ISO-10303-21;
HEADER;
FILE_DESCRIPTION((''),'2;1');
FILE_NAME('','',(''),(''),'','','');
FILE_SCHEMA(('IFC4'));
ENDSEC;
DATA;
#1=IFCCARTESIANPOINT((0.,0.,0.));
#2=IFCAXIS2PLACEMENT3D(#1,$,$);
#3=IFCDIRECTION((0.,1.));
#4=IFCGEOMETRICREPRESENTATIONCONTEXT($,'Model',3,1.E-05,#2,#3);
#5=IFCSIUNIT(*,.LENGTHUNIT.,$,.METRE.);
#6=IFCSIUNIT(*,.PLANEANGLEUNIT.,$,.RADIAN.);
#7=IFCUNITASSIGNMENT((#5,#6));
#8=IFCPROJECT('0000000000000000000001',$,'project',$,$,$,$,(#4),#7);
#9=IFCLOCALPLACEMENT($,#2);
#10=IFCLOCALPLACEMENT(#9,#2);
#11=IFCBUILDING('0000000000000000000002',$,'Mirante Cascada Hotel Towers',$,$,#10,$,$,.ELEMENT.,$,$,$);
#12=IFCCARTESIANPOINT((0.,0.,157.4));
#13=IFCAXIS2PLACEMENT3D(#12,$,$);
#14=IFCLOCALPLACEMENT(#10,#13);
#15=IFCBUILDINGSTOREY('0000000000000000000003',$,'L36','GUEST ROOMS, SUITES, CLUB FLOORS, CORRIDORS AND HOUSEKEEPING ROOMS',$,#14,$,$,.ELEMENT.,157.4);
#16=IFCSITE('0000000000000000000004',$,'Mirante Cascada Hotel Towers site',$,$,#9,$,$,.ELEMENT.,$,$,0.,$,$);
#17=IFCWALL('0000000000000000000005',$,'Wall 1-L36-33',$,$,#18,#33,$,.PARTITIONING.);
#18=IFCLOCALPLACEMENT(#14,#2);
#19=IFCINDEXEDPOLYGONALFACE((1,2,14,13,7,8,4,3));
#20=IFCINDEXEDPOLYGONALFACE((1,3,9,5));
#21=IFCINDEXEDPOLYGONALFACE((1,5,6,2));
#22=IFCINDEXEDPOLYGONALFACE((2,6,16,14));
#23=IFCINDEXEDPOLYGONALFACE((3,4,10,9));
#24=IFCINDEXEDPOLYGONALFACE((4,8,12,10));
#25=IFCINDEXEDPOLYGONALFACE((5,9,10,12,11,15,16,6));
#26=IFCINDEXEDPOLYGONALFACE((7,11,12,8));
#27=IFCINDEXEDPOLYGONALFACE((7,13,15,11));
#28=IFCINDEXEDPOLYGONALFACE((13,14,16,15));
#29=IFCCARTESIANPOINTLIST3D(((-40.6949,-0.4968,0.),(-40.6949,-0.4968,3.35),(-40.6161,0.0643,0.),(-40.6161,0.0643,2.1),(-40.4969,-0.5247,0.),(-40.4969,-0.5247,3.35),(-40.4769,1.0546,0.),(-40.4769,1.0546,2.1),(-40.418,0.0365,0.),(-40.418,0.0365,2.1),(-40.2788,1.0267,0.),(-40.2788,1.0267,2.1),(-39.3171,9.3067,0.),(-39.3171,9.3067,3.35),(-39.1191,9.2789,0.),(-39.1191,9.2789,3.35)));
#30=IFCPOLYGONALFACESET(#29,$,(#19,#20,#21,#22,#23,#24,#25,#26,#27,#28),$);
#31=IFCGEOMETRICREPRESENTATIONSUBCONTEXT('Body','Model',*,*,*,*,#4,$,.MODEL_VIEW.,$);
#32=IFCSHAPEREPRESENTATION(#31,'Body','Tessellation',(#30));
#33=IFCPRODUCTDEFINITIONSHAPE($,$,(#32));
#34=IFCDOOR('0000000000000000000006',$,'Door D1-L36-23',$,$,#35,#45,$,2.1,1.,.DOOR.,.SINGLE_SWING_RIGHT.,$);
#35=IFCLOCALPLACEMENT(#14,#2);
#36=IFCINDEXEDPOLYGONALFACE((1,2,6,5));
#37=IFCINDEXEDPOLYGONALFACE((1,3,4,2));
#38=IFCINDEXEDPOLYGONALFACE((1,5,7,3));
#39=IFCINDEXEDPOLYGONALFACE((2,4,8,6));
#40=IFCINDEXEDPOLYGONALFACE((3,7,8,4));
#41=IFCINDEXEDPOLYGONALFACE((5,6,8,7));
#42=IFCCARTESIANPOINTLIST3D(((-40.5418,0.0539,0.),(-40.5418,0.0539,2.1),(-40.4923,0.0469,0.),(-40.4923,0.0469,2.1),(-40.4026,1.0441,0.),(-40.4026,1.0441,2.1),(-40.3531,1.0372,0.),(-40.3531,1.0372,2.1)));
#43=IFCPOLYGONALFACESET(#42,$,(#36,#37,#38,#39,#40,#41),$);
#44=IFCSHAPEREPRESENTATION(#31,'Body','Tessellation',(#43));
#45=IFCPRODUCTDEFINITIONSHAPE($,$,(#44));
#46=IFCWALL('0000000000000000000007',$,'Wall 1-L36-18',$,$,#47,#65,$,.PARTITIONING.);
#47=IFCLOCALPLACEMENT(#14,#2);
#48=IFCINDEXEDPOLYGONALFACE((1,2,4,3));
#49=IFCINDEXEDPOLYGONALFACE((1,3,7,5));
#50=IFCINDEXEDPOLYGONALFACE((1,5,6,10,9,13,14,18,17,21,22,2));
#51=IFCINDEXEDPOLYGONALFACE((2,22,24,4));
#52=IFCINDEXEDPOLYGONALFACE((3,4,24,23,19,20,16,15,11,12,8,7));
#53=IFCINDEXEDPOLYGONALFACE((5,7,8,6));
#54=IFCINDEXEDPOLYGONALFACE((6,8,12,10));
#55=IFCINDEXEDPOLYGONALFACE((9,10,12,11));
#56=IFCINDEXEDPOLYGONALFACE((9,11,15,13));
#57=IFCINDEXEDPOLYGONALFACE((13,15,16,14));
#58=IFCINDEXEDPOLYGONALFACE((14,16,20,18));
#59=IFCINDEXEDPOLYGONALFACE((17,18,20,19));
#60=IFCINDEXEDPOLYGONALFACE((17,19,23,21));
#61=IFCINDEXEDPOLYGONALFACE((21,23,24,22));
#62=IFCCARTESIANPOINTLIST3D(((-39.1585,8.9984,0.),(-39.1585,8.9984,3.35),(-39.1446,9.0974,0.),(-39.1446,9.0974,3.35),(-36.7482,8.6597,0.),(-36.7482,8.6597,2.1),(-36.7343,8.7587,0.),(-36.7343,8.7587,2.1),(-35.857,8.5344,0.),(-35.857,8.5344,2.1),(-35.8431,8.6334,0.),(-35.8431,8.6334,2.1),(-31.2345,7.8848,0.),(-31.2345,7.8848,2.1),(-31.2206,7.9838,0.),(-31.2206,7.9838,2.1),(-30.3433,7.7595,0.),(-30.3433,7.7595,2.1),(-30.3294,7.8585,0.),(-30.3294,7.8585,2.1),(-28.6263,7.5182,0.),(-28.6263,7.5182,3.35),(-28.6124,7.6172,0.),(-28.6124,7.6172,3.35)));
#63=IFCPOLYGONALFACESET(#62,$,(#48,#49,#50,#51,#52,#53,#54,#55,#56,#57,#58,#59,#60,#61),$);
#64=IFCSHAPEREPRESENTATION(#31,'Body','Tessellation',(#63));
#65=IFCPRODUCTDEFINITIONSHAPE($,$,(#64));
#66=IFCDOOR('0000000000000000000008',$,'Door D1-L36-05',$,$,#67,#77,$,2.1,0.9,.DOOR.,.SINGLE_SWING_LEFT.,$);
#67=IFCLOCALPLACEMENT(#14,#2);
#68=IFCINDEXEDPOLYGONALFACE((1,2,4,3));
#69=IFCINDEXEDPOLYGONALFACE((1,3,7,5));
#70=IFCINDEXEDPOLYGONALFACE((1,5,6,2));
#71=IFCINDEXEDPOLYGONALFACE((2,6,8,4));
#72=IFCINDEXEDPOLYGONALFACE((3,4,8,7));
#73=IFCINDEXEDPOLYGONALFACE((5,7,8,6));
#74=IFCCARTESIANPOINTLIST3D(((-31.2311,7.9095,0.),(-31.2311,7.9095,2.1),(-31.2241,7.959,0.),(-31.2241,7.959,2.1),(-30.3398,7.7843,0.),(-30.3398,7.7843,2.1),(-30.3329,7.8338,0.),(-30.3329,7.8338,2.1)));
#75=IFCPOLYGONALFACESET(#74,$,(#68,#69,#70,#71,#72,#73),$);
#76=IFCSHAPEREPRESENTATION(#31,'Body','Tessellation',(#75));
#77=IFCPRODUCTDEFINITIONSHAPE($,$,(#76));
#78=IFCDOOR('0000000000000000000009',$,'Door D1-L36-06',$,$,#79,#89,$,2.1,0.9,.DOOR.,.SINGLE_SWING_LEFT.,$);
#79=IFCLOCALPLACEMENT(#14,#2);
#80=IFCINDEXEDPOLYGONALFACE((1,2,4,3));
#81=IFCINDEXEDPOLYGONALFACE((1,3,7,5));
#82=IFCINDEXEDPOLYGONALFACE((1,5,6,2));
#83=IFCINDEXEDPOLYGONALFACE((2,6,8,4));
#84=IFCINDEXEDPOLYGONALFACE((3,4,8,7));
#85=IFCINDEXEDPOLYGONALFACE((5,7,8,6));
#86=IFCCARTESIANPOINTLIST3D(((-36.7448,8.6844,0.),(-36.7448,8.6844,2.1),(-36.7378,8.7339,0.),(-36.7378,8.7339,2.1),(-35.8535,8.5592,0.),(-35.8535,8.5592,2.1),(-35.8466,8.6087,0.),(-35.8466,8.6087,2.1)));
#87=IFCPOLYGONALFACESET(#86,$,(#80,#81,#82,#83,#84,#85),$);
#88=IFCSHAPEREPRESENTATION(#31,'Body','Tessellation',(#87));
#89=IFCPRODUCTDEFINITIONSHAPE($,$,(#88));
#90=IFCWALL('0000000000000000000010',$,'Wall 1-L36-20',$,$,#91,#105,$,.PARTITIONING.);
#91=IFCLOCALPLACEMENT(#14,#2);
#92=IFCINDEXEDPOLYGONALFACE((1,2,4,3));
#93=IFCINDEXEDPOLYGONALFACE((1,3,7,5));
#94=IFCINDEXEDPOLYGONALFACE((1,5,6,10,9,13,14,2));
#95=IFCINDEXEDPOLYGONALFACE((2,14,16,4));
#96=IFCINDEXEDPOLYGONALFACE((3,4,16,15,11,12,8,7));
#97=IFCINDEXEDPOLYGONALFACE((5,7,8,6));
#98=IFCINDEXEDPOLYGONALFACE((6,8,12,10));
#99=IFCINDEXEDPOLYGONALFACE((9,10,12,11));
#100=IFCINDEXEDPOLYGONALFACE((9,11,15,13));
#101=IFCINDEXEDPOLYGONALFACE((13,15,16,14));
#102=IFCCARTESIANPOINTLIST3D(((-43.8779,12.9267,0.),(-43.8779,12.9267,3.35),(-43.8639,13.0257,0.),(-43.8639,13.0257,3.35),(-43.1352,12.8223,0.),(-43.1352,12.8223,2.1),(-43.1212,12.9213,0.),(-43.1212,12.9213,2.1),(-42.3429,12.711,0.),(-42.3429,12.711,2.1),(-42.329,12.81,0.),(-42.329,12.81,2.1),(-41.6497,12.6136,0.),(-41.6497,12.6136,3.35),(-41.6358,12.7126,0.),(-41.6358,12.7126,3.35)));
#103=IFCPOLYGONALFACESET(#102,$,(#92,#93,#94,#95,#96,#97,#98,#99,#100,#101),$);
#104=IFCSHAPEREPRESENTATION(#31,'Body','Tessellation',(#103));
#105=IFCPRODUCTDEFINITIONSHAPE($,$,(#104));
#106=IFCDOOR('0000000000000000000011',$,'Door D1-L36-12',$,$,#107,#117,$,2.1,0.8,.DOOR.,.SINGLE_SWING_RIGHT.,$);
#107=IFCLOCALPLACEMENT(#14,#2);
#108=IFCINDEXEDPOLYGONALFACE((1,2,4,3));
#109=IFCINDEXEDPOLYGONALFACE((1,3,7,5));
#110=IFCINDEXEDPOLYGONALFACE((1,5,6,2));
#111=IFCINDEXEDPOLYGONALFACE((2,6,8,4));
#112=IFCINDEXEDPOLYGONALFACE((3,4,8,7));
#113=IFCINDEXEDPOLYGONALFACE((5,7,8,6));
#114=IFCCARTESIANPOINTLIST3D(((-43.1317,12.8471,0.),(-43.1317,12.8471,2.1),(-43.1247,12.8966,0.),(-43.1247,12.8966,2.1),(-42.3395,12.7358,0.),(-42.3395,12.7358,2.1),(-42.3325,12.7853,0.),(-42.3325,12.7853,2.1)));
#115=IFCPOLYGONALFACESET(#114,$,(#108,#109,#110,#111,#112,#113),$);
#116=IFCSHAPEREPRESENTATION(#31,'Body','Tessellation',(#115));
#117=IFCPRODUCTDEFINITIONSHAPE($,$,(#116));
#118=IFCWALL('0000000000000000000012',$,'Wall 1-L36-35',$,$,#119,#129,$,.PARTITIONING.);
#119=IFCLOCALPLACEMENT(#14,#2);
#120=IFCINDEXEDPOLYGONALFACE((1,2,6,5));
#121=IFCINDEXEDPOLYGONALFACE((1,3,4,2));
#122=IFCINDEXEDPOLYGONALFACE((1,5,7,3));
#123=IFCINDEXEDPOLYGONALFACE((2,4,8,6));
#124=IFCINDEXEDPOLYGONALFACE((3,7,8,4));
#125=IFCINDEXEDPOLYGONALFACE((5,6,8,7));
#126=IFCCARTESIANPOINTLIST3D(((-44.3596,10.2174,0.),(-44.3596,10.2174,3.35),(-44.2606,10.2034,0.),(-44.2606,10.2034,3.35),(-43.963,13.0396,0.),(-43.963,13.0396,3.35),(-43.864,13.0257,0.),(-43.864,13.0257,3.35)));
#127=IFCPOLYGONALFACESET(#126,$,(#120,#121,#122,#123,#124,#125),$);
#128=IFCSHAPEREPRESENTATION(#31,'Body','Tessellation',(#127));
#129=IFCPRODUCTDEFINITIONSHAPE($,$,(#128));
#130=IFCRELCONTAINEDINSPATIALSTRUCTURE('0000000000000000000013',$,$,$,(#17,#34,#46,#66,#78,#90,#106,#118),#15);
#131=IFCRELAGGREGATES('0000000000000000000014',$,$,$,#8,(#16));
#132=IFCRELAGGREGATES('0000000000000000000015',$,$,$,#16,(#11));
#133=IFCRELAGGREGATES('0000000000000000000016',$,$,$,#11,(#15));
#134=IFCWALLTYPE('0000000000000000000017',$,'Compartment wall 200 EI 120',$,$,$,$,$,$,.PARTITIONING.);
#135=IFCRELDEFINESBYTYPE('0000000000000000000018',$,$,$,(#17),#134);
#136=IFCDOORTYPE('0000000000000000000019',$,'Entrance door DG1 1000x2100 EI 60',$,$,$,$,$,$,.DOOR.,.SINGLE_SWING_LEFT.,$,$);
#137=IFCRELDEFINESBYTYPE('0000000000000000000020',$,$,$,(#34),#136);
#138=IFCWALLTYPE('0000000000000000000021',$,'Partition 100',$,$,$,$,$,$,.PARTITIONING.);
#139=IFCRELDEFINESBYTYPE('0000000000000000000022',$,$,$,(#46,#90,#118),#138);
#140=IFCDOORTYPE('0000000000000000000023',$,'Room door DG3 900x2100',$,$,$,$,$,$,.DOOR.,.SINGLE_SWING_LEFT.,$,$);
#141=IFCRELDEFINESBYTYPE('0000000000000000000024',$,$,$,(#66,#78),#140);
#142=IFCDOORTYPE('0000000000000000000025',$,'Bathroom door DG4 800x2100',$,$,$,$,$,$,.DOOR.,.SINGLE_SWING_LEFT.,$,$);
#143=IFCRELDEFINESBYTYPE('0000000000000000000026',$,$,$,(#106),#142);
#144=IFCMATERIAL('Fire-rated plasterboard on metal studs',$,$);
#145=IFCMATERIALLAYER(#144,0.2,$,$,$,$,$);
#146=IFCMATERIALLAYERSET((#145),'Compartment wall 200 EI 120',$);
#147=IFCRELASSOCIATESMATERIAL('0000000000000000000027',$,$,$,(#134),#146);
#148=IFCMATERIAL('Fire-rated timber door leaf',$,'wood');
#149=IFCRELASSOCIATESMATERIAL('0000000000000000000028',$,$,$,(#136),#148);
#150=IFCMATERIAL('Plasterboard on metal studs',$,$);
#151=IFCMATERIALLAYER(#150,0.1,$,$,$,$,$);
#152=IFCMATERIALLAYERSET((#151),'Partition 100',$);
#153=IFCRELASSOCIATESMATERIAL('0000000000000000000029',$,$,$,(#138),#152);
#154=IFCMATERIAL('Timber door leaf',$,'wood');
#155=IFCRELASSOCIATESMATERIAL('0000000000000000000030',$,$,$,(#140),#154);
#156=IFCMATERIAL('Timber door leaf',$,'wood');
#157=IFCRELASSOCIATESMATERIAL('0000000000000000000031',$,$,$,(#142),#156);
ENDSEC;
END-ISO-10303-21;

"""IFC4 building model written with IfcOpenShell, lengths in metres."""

from ifc_helpers import new_model, si_unit, direction, frame, frame_2d, origin, place, context, subcontext, project, spatial, rectangle, extrude, material, layer, layer_set, type_object, element, fill, save


model = new_model("IFC4")

# Units and contexts
model_context = context("Model", 3, precision=1e-05, world=origin(), true_north=direction((0.0, 1.0)))
body_context = subcontext(model_context, "Body", "Model", "MODEL_VIEW")
ifc_project = project(units=[si_unit("LENGTHUNIT", "METRE"), si_unit("PLANEANGLEUNIT", "RADIAN")], contexts=[model_context])

# Site, building, storey
site_placement = place(None, origin())
site = spatial("IfcSite", under=ifc_project, at=site_placement, Name="Mirante Cascada Hotel Towers site", CompositionType="ELEMENT", RefElevation=0.0)
building_placement = place(site_placement, origin())
building = spatial("IfcBuilding", under=site, at=building_placement, Name="Mirante Cascada Hotel Towers", CompositionType="ELEMENT")
storey_placement = place(building_placement, frame((0.0, 0.0, 157.4)))
storey = spatial("IfcBuildingStorey", under=building, at=storey_placement, Name="L36", Description="GUEST ROOMS, SUITES, CLUB FLOORS, CORRIDORS AND HOUSEKEEPING ROOMS", CompositionType="ELEMENT", Elevation=157.4)

# Shared definitions
ifc_material_1 = material(Name="Fire-rated plasterboard on metal studs")
ifc_layer_1 = layer(ifc_material_1, 0.2)
ifc_layer_set_1 = layer_set([ifc_layer_1], Name="Compartment wall 200 EI 120")
wall_type_1 = type_object("IfcWallType", Name="Compartment wall 200 EI 120", PredefinedType="PARTITIONING", material=ifc_layer_set_1)

# Shared definitions
ifc_material_2 = material(Name="Fire-rated timber door leaf", Category="wood")
door_type_1 = type_object("IfcDoorType", Name="Entrance door DG1 1000x2100 EI 60", OperationType="SINGLE_SWING_LEFT", PredefinedType="DOOR", material=ifc_material_2)

# Wall, opening, door
wall_1_placement = place(storey_placement, frame((-40.5959, -0.5108, 0.0), z_axis=(0.0, 0.0, 1.0), x_axis=(0.139173, 0.990268, 0.0)))
wall_1 = element("IfcWall", 1, at=wall_1_placement, inside=storey, type_object=wall_type_1, Name="Wall 1-L36-33", PredefinedType="PARTITIONING", context=body_context, shape_type="SweptSolid", body=[
    extrude(rectangle(XDim=9.8999, YDim=0.2, at=frame_2d((4.95, 0.0))), origin(), (0.0, 0.0, 1.0), 3.35),
])
opening_1_placement = place(wall_1_placement, frame((0.5667, 0.0, 0.0)))
opening_1 = element("IfcOpeningElement", 2, at=opening_1_placement, cuts=wall_1, PredefinedType="OPENING", context=body_context, shape_type="SweptSolid", body=[
    extrude(rectangle(XDim=1.0, YDim=2.1, at=frame_2d((0.5, 1.05))), frame((0.0, 0.1, 0.0), z_axis=(0.0, -1.0, 0.0), x_axis=(1.0, 0.0, 0.0)), (0.0, 0.0, 1.0), 0.2),
])
door_1_placement = place(opening_1_placement, frame((1.0, 0.0, 0.0), z_axis=(0.0, 0.0, 1.0), x_axis=(-1.0, 0.0, 0.0)))
door_1 = element("IfcDoor", 3, at=door_1_placement, inside=storey, type_object=door_type_1, Name="Door D1-L36-23", OperationType="SINGLE_SWING_RIGHT", OverallHeight=2.1, OverallWidth=1.0, PredefinedType="DOOR", context=body_context, shape_type="SweptSolid", body=[
    extrude(rectangle(XDim=1.0, YDim=2.1, at=frame_2d((0.5, 1.05))), frame((0.0, 0.025, 0.0), z_axis=(0.0, -1.0, 0.0), x_axis=(1.0, 0.0, 0.0)), (0.0, 0.0, 1.0), 0.05),
])
fill(opening_1, door_1)

# Wall, openings, doors
ifc_material_3 = material(Name="Plasterboard on metal studs")
ifc_layer_2 = layer(ifc_material_3, 0.1)
ifc_layer_set_2 = layer_set([ifc_layer_2], Name="Partition 100")
wall_type_2 = type_object("IfcWallType", Name="Partition 100", PredefinedType="PARTITIONING", material=ifc_layer_set_2)
wall_2_placement = place(storey_placement, frame((-39.1515, 9.0479, 0.0), z_axis=(0.0, 0.0, 1.0), x_axis=(0.990268, -0.139173, 0.0)))
wall_2 = element("IfcWall", 4, at=wall_2_placement, inside=storey, type_object=wall_type_2, Name="Wall 1-L36-18", PredefinedType="PARTITIONING", context=body_context, shape_type="SweptSolid", body=[
    extrude(rectangle(XDim=10.6357, YDim=0.1, at=frame_2d((5.3178, 0.0))), origin(), (0.0, 0.0, 1.0), 3.35),
])
opening_2_placement = place(wall_2_placement, frame((8.0018, 0.0, 0.0)))
opening_2 = element("IfcOpeningElement", 5, at=opening_2_placement, cuts=wall_2, PredefinedType="OPENING", context=body_context, shape_type="SweptSolid", body=[
    extrude(rectangle(XDim=0.9, YDim=2.1, at=frame_2d((0.45, 1.05))), frame((0.0, 0.05, 0.0), z_axis=(0.0, -1.0, 0.0), x_axis=(1.0, 0.0, 0.0)), (0.0, 0.0, 1.0), 0.1),
])
opening_3_placement = place(wall_2_placement, frame((2.4339, 0.0, 0.0)))
opening_3 = element("IfcOpeningElement", 6, at=opening_3_placement, cuts=wall_2, PredefinedType="OPENING", context=body_context, shape_type="SweptSolid", body=[
    extrude(rectangle(XDim=0.9, YDim=2.1, at=frame_2d((0.45, 1.05))), frame((0.0, 0.05, 0.0), z_axis=(0.0, -1.0, 0.0), x_axis=(1.0, 0.0, 0.0)), (0.0, 0.0, 1.0), 0.1),
])
ifc_material_4 = material(Name="Timber door leaf", Category="wood")
door_type_2 = type_object("IfcDoorType", Name="Room door DG3 900x2100", OperationType="SINGLE_SWING_LEFT", PredefinedType="DOOR", material=ifc_material_4)
door_2_placement = place(opening_2_placement, origin())
door_2 = element("IfcDoor", 7, at=door_2_placement, inside=storey, type_object=door_type_2, Name="Door D1-L36-05", OperationType="SINGLE_SWING_LEFT", OverallHeight=2.1, OverallWidth=0.9, PredefinedType="DOOR", context=body_context, shape_type="SweptSolid", body=[
    extrude(rectangle(XDim=0.9, YDim=2.1, at=frame_2d((0.45, 1.05))), frame((0.0, 0.025, 0.0), z_axis=(0.0, -1.0, 0.0), x_axis=(1.0, 0.0, 0.0)), (0.0, 0.0, 1.0), 0.05),
])
fill(opening_2, door_2)
door_3_placement = place(opening_3_placement, origin())
door_3 = element("IfcDoor", 8, at=door_3_placement, inside=storey, type_object=door_type_2, Name="Door D1-L36-06", OperationType="SINGLE_SWING_LEFT", OverallHeight=2.1, OverallWidth=0.9, PredefinedType="DOOR", context=body_context, shape_type="SweptSolid", body=[
    extrude(rectangle(XDim=0.9, YDim=2.1, at=frame_2d((0.45, 1.05))), frame((0.0, 0.025, 0.0), z_axis=(0.0, -1.0, 0.0), x_axis=(1.0, 0.0, 0.0)), (0.0, 0.0, 1.0), 0.05),
])
fill(opening_3, door_3)

# Wall, opening, door
wall_3_placement = place(storey_placement, frame((-43.8709, 12.9762, 0.0), z_axis=(0.0, 0.0, 1.0), x_axis=(0.990271, -0.139156, 0.0)))
wall_3 = element("IfcWall", 9, at=wall_3_placement, inside=storey, type_object=wall_type_2, Name="Wall 1-L36-20", PredefinedType="PARTITIONING", context=body_context, shape_type="SweptSolid", body=[
    extrude(rectangle(XDim=2.25, YDim=0.1, at=frame_2d((1.125, 0.0))), origin(), (0.0, 0.0, 1.0), 3.35),
])
opening_4_placement = place(wall_3_placement, frame((0.75, 0.0, 0.0)))
opening_4 = element("IfcOpeningElement", 10, at=opening_4_placement, cuts=wall_3, PredefinedType="OPENING", context=body_context, shape_type="SweptSolid", body=[
    extrude(rectangle(XDim=0.8, YDim=2.1, at=frame_2d((0.4, 1.05))), frame((0.0, 0.05, 0.0), z_axis=(0.0, -1.0, 0.0), x_axis=(1.0, 0.0, 0.0)), (0.0, 0.0, 1.0), 0.1),
])
ifc_material_5 = material(Name="Timber door leaf", Category="wood")
door_type_3 = type_object("IfcDoorType", Name="Bathroom door DG4 800x2100", OperationType="SINGLE_SWING_LEFT", PredefinedType="DOOR", material=ifc_material_5)
door_4_placement = place(opening_4_placement, frame((0.8, 0.0, 0.0), z_axis=(0.0, 0.0, 1.0), x_axis=(-1.0, 0.0, 0.0)))
door_4 = element("IfcDoor", 11, at=door_4_placement, inside=storey, type_object=door_type_3, Name="Door D1-L36-12", OperationType="SINGLE_SWING_RIGHT", OverallHeight=2.1, OverallWidth=0.8, PredefinedType="DOOR", context=body_context, shape_type="SweptSolid", body=[
    extrude(rectangle(XDim=0.8, YDim=2.1, at=frame_2d((0.4, 1.05))), frame((0.0, 0.025, 0.0), z_axis=(0.0, -1.0, 0.0), x_axis=(1.0, 0.0, 0.0)), (0.0, 0.0, 1.0), 0.05),
])
fill(opening_4, door_4)

# Wall
wall_4_placement = place(storey_placement, frame((-44.3101, 10.2104, 0.0), z_axis=(0.0, 0.0, 1.0), x_axis=(0.139156, 0.99027, 0.0)))
element("IfcWall", 12, at=wall_4_placement, inside=storey, type_object=wall_type_2, Name="Wall 1-L36-35", PredefinedType="PARTITIONING", context=body_context, shape_type="SweptSolid", body=[
    extrude(rectangle(XDim=2.85, YDim=0.1, at=frame_2d((1.425, 0.0))), origin(), (0.0, 0.0, 1.0), 3.35),
])

save(model, "model.ifc")
